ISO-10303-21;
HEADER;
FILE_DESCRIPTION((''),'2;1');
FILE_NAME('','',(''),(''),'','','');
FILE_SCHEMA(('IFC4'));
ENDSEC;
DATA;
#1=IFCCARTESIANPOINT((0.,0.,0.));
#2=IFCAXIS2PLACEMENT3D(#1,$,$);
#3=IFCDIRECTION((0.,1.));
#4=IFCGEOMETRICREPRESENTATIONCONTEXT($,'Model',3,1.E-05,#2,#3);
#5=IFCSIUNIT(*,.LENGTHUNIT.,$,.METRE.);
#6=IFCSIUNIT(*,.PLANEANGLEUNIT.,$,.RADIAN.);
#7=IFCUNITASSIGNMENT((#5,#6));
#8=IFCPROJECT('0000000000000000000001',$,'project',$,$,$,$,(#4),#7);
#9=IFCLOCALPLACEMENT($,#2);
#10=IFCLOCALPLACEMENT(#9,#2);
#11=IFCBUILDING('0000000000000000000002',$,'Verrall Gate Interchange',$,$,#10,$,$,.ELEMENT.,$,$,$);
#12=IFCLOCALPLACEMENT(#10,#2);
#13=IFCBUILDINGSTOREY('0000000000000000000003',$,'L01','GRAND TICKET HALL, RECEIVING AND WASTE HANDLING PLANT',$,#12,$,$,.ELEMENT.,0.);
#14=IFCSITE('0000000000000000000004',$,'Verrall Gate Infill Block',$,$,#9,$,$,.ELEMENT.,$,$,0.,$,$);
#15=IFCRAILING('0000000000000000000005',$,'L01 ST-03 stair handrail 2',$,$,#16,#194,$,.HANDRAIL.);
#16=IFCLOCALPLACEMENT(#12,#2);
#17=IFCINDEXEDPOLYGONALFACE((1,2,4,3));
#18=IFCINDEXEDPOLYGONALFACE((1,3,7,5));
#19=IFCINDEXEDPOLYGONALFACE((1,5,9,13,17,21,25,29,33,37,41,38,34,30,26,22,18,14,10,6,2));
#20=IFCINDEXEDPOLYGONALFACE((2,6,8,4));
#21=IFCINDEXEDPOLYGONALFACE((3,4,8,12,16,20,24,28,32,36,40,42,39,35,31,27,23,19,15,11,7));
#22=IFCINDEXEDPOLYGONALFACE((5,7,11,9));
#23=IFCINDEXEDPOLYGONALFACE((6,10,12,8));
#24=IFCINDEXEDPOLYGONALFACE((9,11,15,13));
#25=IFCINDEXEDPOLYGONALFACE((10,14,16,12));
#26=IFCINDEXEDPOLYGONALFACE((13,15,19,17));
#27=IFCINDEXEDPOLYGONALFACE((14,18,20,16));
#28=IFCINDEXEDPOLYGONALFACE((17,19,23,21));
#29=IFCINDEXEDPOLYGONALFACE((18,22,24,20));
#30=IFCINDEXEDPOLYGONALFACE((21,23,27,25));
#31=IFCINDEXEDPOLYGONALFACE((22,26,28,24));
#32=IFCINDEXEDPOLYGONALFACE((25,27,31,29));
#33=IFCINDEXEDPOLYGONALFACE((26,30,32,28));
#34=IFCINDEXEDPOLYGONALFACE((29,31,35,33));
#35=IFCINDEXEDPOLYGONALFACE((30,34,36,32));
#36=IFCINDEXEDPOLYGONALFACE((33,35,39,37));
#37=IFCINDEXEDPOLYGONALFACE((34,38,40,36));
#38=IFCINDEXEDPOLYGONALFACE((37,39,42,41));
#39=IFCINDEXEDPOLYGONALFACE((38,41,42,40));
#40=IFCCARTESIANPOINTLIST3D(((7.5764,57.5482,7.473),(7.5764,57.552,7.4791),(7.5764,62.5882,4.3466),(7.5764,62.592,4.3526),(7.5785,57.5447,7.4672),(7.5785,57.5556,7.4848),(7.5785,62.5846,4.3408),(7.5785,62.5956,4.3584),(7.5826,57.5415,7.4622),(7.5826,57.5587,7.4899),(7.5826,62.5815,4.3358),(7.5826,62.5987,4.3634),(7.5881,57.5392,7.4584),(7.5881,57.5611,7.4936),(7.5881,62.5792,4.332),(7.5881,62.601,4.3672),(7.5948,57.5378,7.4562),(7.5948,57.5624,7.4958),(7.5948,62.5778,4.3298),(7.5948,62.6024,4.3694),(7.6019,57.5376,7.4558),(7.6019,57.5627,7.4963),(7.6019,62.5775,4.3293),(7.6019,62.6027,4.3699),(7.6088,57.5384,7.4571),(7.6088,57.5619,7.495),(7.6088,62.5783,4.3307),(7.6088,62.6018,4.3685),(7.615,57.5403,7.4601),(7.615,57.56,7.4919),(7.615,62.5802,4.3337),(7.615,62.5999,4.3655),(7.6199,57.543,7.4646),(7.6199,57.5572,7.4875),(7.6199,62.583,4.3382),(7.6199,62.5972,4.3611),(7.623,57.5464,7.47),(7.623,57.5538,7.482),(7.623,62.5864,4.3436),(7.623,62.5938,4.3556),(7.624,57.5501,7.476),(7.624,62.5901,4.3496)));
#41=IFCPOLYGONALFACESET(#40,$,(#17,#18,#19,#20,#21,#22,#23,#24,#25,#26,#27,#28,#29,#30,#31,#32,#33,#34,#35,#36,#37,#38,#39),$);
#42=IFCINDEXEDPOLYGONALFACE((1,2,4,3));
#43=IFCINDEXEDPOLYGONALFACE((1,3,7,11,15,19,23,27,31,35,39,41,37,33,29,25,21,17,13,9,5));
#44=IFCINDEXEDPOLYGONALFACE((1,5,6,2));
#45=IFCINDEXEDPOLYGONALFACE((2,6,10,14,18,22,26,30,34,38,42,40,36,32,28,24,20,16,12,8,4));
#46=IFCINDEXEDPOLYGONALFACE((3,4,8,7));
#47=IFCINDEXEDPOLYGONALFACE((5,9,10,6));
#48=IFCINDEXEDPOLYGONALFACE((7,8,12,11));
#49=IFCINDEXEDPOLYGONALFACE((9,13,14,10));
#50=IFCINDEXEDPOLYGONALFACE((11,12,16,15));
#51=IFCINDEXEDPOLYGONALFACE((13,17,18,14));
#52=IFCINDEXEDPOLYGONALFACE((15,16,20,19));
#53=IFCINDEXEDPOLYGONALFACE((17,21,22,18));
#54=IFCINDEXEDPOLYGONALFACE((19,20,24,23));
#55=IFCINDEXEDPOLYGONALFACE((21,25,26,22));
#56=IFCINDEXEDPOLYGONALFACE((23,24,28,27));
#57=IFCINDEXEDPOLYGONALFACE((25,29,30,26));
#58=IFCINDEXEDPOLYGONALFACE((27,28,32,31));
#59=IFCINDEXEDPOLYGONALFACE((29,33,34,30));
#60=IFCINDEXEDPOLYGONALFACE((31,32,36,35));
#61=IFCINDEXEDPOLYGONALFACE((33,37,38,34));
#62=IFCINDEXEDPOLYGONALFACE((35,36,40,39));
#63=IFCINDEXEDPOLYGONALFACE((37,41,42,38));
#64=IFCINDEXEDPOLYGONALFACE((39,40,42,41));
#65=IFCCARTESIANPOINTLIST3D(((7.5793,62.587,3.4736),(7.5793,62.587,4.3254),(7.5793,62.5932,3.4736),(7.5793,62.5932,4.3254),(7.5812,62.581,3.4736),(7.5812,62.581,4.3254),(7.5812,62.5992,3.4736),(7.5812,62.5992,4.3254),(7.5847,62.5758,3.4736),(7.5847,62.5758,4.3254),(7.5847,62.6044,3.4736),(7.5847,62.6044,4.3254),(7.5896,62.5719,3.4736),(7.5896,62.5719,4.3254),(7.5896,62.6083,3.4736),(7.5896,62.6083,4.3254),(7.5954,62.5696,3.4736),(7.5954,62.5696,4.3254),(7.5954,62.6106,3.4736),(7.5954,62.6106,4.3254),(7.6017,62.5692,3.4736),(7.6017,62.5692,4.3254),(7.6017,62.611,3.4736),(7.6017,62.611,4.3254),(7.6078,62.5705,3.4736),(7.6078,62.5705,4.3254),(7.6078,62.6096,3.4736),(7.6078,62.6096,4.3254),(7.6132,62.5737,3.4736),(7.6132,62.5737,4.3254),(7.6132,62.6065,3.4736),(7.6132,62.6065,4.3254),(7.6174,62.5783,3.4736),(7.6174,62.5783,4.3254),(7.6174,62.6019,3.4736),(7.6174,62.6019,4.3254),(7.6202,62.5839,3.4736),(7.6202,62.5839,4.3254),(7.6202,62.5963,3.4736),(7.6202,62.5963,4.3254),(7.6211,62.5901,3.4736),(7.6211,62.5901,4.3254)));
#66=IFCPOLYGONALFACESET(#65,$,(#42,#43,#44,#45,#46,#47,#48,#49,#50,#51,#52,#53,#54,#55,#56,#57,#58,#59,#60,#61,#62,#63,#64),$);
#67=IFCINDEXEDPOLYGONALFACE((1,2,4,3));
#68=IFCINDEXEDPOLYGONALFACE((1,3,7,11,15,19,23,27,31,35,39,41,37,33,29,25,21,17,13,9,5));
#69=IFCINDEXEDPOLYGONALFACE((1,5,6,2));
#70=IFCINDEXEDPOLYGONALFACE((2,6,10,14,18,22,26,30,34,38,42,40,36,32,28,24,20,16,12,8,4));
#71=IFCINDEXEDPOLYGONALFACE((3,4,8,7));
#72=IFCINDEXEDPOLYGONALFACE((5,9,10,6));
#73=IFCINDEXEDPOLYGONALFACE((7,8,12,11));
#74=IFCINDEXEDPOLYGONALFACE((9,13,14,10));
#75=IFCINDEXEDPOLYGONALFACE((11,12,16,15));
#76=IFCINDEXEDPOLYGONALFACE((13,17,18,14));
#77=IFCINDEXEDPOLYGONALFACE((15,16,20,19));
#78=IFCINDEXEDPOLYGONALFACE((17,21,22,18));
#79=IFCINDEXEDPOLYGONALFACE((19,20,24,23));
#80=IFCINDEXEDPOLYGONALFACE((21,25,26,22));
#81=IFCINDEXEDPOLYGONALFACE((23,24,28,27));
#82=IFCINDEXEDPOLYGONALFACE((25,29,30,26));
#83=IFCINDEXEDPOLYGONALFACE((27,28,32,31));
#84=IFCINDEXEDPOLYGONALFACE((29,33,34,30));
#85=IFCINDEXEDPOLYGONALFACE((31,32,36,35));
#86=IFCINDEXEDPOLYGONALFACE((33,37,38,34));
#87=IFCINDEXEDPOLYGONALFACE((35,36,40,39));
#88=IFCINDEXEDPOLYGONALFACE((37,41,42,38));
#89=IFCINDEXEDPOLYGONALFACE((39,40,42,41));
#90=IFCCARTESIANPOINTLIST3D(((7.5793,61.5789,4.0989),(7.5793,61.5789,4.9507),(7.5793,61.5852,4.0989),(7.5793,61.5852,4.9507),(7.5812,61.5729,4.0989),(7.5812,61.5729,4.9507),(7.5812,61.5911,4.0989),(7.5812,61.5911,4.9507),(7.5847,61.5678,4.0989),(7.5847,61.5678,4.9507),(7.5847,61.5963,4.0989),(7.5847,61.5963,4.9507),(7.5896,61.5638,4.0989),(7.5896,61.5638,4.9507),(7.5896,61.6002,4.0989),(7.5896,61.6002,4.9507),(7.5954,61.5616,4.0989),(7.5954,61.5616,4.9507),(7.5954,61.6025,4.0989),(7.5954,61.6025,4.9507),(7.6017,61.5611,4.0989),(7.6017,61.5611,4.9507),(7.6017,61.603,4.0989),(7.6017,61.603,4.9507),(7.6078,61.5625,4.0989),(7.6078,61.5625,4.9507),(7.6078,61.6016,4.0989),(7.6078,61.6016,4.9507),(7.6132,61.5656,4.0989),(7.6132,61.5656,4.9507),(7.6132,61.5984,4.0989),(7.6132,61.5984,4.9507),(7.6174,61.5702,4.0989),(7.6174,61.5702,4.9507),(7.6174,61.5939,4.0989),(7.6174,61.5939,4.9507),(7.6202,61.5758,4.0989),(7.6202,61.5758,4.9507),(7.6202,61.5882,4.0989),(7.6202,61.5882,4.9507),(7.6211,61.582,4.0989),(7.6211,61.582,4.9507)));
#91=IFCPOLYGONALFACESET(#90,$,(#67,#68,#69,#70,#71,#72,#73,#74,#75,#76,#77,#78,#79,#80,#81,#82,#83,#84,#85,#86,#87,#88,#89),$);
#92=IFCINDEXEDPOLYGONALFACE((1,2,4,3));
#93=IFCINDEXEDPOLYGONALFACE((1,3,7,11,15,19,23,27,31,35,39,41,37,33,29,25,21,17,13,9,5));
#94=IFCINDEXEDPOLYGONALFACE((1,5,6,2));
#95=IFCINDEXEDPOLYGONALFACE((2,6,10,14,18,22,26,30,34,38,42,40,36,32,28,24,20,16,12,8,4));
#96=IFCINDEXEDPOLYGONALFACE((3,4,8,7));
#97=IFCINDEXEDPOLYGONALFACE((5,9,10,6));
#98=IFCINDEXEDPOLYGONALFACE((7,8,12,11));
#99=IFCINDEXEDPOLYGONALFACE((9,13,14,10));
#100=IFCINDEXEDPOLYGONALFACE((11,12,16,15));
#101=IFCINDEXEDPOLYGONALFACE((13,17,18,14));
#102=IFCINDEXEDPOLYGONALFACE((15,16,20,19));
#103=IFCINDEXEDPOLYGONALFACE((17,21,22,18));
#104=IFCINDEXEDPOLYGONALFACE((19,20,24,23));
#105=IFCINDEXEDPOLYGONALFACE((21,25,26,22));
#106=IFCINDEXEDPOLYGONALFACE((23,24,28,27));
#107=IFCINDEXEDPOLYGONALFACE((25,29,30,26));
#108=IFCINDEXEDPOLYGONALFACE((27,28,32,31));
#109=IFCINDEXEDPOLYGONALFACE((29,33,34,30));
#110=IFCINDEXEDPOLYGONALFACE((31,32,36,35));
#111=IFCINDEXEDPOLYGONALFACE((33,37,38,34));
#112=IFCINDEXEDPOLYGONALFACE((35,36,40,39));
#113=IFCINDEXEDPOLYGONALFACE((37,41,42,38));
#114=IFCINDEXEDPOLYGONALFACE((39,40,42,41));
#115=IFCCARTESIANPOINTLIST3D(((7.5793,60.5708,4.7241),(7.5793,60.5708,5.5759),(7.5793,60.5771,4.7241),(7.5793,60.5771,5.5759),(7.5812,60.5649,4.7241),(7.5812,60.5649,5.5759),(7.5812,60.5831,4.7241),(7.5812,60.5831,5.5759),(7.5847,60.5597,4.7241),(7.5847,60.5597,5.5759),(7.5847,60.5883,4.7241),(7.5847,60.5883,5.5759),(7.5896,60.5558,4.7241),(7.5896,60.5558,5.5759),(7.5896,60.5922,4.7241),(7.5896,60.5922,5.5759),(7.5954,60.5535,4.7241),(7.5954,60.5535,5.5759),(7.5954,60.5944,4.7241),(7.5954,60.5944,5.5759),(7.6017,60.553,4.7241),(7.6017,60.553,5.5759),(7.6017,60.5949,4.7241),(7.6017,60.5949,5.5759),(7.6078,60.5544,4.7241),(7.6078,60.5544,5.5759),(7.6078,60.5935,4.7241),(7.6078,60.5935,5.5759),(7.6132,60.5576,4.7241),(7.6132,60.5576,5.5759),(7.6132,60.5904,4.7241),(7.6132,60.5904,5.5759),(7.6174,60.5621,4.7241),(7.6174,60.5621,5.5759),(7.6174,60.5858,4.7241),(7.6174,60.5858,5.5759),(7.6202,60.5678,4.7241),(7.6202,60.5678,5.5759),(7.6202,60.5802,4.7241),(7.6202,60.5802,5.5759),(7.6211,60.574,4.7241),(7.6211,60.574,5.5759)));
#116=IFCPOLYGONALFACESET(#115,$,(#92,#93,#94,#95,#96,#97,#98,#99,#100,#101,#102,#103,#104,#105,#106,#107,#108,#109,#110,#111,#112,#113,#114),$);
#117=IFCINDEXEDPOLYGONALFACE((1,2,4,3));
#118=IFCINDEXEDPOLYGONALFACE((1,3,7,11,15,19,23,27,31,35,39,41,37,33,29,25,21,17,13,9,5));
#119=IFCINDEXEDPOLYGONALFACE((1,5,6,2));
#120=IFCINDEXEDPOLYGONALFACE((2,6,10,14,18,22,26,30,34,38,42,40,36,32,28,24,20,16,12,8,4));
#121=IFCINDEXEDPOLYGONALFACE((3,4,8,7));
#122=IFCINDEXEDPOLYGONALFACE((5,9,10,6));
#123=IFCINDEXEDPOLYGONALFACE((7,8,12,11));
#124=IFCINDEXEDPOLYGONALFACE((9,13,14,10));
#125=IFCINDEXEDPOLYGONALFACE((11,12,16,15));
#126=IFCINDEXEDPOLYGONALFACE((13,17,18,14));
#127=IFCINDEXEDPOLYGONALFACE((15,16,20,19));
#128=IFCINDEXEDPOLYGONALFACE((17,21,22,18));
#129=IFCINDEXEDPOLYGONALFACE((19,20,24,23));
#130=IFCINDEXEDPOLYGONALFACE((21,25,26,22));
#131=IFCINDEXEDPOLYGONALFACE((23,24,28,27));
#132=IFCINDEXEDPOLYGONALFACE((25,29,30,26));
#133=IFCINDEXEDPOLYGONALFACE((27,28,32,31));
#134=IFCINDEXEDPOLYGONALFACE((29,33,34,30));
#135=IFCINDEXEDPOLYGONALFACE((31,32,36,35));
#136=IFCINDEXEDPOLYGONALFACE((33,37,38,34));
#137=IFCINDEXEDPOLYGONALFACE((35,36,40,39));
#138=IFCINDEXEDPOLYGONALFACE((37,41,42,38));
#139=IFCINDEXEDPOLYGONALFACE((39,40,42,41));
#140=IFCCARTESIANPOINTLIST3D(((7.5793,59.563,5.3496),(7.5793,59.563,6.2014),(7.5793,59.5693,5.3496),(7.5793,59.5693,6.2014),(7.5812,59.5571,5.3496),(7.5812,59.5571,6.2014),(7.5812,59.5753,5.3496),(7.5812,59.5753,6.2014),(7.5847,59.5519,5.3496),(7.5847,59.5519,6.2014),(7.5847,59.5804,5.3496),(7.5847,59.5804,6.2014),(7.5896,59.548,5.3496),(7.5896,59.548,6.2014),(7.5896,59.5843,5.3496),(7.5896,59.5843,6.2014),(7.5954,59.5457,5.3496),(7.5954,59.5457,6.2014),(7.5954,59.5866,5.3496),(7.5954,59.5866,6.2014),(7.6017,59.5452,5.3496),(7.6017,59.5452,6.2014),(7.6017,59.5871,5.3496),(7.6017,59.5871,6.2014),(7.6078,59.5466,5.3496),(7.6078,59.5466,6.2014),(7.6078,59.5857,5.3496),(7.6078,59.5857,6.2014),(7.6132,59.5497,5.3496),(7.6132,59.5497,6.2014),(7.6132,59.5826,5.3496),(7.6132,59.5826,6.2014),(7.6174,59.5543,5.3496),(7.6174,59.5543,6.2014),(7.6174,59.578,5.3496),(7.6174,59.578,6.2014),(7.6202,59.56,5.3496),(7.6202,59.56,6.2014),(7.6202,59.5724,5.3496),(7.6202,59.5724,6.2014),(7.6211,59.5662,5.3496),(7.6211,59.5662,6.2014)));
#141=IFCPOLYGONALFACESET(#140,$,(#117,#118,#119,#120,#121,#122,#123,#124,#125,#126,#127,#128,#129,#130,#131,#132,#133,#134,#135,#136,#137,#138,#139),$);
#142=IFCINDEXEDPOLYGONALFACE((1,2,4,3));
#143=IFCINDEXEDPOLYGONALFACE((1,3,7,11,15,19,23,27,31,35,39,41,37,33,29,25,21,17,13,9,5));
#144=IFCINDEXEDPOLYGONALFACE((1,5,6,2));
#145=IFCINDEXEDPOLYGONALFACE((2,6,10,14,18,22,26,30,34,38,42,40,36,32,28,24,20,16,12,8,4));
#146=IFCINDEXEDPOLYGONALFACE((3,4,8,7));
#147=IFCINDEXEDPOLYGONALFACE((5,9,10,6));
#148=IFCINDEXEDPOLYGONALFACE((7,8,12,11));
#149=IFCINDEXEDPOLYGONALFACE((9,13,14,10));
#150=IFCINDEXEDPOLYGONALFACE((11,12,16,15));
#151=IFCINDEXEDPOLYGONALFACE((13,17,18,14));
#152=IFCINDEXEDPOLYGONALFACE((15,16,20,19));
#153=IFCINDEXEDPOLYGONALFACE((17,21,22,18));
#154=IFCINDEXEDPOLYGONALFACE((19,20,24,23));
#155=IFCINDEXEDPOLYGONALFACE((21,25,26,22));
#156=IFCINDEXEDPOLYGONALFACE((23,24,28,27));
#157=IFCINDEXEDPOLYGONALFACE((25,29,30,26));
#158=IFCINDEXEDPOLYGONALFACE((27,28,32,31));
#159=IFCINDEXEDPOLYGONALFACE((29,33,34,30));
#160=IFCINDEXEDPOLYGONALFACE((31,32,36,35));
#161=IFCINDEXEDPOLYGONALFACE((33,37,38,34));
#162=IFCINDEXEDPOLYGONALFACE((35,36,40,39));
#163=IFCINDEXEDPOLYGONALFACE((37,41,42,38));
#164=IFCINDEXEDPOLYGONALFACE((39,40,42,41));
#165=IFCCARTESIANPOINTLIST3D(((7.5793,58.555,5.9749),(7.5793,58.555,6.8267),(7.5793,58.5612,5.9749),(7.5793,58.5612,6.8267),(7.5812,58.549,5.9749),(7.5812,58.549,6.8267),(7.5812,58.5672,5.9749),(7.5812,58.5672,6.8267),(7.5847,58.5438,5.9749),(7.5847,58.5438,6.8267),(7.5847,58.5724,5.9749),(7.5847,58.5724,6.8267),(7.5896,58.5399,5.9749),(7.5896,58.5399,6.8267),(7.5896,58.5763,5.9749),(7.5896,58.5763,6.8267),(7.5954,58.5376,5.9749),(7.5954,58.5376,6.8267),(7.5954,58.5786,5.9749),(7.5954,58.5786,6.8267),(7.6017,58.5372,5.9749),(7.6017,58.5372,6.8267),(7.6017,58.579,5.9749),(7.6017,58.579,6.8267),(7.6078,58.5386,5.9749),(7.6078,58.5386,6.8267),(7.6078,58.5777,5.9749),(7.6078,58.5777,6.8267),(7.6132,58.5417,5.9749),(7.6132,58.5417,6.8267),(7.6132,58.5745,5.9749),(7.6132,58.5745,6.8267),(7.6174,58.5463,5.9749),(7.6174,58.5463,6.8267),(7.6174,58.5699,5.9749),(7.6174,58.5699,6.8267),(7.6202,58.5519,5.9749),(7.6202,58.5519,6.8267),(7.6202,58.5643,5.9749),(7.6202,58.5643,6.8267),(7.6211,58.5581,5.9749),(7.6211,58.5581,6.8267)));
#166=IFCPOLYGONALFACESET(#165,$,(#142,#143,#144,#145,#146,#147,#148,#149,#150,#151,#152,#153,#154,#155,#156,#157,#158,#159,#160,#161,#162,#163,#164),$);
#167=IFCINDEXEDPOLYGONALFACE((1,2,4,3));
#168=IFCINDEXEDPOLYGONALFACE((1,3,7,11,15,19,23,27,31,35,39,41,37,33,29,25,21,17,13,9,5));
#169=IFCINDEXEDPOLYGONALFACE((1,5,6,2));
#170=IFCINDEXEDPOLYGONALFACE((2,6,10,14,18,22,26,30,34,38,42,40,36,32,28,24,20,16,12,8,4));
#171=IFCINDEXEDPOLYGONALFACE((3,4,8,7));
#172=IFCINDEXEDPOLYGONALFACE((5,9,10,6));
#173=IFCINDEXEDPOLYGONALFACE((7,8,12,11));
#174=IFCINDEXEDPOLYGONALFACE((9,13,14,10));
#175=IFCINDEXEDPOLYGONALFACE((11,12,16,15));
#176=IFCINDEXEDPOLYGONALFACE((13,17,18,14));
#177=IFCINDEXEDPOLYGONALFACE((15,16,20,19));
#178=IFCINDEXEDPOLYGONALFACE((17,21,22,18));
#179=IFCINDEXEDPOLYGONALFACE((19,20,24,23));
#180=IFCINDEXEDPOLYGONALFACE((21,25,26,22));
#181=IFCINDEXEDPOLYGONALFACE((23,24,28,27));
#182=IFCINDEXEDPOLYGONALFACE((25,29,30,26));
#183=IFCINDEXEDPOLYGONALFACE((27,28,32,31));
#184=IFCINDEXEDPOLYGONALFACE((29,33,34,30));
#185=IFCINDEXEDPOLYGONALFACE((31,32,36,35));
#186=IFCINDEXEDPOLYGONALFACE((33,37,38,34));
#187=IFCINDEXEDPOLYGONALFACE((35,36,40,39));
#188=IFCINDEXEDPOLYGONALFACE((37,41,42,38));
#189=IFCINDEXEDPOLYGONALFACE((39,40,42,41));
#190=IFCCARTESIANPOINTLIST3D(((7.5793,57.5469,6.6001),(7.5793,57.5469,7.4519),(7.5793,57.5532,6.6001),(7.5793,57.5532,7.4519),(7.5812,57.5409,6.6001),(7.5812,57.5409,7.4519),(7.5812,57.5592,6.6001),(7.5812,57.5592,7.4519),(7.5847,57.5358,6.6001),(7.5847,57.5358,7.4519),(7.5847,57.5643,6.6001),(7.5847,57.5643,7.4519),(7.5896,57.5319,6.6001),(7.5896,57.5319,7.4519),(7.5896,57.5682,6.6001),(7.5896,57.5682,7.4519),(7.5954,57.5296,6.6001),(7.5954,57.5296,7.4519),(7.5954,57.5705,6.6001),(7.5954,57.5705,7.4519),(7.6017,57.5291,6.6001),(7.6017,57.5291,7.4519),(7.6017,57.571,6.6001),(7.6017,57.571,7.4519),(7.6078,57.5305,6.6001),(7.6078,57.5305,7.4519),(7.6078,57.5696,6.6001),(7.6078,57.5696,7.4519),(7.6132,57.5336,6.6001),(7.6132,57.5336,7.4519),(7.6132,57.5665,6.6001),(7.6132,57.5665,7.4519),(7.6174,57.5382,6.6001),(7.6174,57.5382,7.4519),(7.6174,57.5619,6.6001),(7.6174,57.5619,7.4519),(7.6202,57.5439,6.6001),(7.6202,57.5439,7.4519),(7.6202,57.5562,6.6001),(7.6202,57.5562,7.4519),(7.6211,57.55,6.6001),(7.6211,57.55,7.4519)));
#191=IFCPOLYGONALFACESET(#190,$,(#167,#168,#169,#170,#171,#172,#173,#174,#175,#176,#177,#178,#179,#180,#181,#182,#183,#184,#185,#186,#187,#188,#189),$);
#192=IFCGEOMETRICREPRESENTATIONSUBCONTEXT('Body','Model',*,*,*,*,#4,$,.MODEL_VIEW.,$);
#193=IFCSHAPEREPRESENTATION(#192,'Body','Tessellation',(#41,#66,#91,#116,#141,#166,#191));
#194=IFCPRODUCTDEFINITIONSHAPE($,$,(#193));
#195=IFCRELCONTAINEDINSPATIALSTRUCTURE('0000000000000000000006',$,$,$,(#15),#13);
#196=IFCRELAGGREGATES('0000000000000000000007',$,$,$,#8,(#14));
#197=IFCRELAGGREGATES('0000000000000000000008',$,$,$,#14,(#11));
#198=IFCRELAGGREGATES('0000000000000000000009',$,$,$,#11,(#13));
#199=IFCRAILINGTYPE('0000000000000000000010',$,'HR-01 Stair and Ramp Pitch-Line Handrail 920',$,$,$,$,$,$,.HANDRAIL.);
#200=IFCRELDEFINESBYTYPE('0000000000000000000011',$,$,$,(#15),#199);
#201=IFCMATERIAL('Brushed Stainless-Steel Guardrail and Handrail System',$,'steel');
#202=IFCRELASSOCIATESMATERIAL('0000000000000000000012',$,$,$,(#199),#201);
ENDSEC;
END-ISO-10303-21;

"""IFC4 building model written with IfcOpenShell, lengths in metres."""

from ifc_helpers import new_model, si_unit, direction, frame, origin, origin_2d, place, context, subcontext, project, spatial, circle, extrude, material, type_object, element, save


model = new_model("IFC4")

# Units and contexts
model_context = context("Model", 3, precision=1e-05, world=origin(), true_north=direction((0.0, 1.0)))
body_context = subcontext(model_context, "Body", "Model", "MODEL_VIEW")
ifc_project = project(units=[si_unit("LENGTHUNIT", "METRE"), si_unit("PLANEANGLEUNIT", "RADIAN")], contexts=[model_context])

# Site, building, storey
site_placement = place(None, origin())
site = spatial("IfcSite", under=ifc_project, at=site_placement, Name="Verrall Gate Infill Block", CompositionType="ELEMENT", RefElevation=0.0)
building_placement = place(site_placement, origin())
building = spatial("IfcBuilding", under=site, at=building_placement, Name="Verrall Gate Interchange", CompositionType="ELEMENT")
storey_placement = place(building_placement, origin())
storey = spatial("IfcBuildingStorey", under=building, at=storey_placement, Name="L01", Description="GRAND TICKET HALL, RECEIVING AND WASTE HANDLING PLANT", CompositionType="ELEMENT", Elevation=0.0)

# Railing
ifc_material_1 = material(Name="Brushed Stainless-Steel Guardrail and Handrail System", Category="steel")
railing_type_1 = type_object("IfcRailingType", Name="HR-01 Stair and Ramp Pitch-Line Handrail 920", PredefinedType="HANDRAIL", material=ifc_material_1)
railing_1_placement = place(storey_placement, frame((7.6001, 62.5901, 3.4736)))
element("IfcRailing", 1, at=railing_1_placement, inside=storey, type_object=railing_type_1, Name="L01 ST-03 stair handrail 2", PredefinedType="HANDRAIL", context=body_context, shape_type="SweptSolid", body=[
    extrude(circle(Radius=0.0239, at=origin_2d()), frame((0.0, 0.0, 0.876), z_axis=(0.0, -0.849779, 0.527139), x_axis=(1.0, 0.0, 0.0)), (0.0, 0.0, 1.0), 5.9309),
    extrude(circle(Radius=0.021, at=origin_2d()), origin(), (0.0, 0.0, 1.0), 0.8518),
    extrude(circle(Radius=0.021, at=origin_2d()), frame((0.0, -1.0081, 0.6252)), (0.0, 0.0, 1.0), 0.8518),
    extrude(circle(Radius=0.021, at=origin_2d()), frame((0.0, -2.0161, 1.2505)), (0.0, 0.0, 1.0), 0.8518),
    extrude(circle(Radius=0.021, at=origin_2d()), frame((0.0, -3.0239, 1.876)), (0.0, 0.0, 1.0), 0.8518),
    extrude(circle(Radius=0.021, at=origin_2d()), frame((0.0, -4.032, 2.5012)), (0.0, 0.0, 1.0), 0.8518),
    extrude(circle(Radius=0.021, at=origin_2d()), frame((0.0, -5.04, 3.1265)), (0.0, 0.0, 1.0), 0.8518),
])

save(model, "model.ifc")
